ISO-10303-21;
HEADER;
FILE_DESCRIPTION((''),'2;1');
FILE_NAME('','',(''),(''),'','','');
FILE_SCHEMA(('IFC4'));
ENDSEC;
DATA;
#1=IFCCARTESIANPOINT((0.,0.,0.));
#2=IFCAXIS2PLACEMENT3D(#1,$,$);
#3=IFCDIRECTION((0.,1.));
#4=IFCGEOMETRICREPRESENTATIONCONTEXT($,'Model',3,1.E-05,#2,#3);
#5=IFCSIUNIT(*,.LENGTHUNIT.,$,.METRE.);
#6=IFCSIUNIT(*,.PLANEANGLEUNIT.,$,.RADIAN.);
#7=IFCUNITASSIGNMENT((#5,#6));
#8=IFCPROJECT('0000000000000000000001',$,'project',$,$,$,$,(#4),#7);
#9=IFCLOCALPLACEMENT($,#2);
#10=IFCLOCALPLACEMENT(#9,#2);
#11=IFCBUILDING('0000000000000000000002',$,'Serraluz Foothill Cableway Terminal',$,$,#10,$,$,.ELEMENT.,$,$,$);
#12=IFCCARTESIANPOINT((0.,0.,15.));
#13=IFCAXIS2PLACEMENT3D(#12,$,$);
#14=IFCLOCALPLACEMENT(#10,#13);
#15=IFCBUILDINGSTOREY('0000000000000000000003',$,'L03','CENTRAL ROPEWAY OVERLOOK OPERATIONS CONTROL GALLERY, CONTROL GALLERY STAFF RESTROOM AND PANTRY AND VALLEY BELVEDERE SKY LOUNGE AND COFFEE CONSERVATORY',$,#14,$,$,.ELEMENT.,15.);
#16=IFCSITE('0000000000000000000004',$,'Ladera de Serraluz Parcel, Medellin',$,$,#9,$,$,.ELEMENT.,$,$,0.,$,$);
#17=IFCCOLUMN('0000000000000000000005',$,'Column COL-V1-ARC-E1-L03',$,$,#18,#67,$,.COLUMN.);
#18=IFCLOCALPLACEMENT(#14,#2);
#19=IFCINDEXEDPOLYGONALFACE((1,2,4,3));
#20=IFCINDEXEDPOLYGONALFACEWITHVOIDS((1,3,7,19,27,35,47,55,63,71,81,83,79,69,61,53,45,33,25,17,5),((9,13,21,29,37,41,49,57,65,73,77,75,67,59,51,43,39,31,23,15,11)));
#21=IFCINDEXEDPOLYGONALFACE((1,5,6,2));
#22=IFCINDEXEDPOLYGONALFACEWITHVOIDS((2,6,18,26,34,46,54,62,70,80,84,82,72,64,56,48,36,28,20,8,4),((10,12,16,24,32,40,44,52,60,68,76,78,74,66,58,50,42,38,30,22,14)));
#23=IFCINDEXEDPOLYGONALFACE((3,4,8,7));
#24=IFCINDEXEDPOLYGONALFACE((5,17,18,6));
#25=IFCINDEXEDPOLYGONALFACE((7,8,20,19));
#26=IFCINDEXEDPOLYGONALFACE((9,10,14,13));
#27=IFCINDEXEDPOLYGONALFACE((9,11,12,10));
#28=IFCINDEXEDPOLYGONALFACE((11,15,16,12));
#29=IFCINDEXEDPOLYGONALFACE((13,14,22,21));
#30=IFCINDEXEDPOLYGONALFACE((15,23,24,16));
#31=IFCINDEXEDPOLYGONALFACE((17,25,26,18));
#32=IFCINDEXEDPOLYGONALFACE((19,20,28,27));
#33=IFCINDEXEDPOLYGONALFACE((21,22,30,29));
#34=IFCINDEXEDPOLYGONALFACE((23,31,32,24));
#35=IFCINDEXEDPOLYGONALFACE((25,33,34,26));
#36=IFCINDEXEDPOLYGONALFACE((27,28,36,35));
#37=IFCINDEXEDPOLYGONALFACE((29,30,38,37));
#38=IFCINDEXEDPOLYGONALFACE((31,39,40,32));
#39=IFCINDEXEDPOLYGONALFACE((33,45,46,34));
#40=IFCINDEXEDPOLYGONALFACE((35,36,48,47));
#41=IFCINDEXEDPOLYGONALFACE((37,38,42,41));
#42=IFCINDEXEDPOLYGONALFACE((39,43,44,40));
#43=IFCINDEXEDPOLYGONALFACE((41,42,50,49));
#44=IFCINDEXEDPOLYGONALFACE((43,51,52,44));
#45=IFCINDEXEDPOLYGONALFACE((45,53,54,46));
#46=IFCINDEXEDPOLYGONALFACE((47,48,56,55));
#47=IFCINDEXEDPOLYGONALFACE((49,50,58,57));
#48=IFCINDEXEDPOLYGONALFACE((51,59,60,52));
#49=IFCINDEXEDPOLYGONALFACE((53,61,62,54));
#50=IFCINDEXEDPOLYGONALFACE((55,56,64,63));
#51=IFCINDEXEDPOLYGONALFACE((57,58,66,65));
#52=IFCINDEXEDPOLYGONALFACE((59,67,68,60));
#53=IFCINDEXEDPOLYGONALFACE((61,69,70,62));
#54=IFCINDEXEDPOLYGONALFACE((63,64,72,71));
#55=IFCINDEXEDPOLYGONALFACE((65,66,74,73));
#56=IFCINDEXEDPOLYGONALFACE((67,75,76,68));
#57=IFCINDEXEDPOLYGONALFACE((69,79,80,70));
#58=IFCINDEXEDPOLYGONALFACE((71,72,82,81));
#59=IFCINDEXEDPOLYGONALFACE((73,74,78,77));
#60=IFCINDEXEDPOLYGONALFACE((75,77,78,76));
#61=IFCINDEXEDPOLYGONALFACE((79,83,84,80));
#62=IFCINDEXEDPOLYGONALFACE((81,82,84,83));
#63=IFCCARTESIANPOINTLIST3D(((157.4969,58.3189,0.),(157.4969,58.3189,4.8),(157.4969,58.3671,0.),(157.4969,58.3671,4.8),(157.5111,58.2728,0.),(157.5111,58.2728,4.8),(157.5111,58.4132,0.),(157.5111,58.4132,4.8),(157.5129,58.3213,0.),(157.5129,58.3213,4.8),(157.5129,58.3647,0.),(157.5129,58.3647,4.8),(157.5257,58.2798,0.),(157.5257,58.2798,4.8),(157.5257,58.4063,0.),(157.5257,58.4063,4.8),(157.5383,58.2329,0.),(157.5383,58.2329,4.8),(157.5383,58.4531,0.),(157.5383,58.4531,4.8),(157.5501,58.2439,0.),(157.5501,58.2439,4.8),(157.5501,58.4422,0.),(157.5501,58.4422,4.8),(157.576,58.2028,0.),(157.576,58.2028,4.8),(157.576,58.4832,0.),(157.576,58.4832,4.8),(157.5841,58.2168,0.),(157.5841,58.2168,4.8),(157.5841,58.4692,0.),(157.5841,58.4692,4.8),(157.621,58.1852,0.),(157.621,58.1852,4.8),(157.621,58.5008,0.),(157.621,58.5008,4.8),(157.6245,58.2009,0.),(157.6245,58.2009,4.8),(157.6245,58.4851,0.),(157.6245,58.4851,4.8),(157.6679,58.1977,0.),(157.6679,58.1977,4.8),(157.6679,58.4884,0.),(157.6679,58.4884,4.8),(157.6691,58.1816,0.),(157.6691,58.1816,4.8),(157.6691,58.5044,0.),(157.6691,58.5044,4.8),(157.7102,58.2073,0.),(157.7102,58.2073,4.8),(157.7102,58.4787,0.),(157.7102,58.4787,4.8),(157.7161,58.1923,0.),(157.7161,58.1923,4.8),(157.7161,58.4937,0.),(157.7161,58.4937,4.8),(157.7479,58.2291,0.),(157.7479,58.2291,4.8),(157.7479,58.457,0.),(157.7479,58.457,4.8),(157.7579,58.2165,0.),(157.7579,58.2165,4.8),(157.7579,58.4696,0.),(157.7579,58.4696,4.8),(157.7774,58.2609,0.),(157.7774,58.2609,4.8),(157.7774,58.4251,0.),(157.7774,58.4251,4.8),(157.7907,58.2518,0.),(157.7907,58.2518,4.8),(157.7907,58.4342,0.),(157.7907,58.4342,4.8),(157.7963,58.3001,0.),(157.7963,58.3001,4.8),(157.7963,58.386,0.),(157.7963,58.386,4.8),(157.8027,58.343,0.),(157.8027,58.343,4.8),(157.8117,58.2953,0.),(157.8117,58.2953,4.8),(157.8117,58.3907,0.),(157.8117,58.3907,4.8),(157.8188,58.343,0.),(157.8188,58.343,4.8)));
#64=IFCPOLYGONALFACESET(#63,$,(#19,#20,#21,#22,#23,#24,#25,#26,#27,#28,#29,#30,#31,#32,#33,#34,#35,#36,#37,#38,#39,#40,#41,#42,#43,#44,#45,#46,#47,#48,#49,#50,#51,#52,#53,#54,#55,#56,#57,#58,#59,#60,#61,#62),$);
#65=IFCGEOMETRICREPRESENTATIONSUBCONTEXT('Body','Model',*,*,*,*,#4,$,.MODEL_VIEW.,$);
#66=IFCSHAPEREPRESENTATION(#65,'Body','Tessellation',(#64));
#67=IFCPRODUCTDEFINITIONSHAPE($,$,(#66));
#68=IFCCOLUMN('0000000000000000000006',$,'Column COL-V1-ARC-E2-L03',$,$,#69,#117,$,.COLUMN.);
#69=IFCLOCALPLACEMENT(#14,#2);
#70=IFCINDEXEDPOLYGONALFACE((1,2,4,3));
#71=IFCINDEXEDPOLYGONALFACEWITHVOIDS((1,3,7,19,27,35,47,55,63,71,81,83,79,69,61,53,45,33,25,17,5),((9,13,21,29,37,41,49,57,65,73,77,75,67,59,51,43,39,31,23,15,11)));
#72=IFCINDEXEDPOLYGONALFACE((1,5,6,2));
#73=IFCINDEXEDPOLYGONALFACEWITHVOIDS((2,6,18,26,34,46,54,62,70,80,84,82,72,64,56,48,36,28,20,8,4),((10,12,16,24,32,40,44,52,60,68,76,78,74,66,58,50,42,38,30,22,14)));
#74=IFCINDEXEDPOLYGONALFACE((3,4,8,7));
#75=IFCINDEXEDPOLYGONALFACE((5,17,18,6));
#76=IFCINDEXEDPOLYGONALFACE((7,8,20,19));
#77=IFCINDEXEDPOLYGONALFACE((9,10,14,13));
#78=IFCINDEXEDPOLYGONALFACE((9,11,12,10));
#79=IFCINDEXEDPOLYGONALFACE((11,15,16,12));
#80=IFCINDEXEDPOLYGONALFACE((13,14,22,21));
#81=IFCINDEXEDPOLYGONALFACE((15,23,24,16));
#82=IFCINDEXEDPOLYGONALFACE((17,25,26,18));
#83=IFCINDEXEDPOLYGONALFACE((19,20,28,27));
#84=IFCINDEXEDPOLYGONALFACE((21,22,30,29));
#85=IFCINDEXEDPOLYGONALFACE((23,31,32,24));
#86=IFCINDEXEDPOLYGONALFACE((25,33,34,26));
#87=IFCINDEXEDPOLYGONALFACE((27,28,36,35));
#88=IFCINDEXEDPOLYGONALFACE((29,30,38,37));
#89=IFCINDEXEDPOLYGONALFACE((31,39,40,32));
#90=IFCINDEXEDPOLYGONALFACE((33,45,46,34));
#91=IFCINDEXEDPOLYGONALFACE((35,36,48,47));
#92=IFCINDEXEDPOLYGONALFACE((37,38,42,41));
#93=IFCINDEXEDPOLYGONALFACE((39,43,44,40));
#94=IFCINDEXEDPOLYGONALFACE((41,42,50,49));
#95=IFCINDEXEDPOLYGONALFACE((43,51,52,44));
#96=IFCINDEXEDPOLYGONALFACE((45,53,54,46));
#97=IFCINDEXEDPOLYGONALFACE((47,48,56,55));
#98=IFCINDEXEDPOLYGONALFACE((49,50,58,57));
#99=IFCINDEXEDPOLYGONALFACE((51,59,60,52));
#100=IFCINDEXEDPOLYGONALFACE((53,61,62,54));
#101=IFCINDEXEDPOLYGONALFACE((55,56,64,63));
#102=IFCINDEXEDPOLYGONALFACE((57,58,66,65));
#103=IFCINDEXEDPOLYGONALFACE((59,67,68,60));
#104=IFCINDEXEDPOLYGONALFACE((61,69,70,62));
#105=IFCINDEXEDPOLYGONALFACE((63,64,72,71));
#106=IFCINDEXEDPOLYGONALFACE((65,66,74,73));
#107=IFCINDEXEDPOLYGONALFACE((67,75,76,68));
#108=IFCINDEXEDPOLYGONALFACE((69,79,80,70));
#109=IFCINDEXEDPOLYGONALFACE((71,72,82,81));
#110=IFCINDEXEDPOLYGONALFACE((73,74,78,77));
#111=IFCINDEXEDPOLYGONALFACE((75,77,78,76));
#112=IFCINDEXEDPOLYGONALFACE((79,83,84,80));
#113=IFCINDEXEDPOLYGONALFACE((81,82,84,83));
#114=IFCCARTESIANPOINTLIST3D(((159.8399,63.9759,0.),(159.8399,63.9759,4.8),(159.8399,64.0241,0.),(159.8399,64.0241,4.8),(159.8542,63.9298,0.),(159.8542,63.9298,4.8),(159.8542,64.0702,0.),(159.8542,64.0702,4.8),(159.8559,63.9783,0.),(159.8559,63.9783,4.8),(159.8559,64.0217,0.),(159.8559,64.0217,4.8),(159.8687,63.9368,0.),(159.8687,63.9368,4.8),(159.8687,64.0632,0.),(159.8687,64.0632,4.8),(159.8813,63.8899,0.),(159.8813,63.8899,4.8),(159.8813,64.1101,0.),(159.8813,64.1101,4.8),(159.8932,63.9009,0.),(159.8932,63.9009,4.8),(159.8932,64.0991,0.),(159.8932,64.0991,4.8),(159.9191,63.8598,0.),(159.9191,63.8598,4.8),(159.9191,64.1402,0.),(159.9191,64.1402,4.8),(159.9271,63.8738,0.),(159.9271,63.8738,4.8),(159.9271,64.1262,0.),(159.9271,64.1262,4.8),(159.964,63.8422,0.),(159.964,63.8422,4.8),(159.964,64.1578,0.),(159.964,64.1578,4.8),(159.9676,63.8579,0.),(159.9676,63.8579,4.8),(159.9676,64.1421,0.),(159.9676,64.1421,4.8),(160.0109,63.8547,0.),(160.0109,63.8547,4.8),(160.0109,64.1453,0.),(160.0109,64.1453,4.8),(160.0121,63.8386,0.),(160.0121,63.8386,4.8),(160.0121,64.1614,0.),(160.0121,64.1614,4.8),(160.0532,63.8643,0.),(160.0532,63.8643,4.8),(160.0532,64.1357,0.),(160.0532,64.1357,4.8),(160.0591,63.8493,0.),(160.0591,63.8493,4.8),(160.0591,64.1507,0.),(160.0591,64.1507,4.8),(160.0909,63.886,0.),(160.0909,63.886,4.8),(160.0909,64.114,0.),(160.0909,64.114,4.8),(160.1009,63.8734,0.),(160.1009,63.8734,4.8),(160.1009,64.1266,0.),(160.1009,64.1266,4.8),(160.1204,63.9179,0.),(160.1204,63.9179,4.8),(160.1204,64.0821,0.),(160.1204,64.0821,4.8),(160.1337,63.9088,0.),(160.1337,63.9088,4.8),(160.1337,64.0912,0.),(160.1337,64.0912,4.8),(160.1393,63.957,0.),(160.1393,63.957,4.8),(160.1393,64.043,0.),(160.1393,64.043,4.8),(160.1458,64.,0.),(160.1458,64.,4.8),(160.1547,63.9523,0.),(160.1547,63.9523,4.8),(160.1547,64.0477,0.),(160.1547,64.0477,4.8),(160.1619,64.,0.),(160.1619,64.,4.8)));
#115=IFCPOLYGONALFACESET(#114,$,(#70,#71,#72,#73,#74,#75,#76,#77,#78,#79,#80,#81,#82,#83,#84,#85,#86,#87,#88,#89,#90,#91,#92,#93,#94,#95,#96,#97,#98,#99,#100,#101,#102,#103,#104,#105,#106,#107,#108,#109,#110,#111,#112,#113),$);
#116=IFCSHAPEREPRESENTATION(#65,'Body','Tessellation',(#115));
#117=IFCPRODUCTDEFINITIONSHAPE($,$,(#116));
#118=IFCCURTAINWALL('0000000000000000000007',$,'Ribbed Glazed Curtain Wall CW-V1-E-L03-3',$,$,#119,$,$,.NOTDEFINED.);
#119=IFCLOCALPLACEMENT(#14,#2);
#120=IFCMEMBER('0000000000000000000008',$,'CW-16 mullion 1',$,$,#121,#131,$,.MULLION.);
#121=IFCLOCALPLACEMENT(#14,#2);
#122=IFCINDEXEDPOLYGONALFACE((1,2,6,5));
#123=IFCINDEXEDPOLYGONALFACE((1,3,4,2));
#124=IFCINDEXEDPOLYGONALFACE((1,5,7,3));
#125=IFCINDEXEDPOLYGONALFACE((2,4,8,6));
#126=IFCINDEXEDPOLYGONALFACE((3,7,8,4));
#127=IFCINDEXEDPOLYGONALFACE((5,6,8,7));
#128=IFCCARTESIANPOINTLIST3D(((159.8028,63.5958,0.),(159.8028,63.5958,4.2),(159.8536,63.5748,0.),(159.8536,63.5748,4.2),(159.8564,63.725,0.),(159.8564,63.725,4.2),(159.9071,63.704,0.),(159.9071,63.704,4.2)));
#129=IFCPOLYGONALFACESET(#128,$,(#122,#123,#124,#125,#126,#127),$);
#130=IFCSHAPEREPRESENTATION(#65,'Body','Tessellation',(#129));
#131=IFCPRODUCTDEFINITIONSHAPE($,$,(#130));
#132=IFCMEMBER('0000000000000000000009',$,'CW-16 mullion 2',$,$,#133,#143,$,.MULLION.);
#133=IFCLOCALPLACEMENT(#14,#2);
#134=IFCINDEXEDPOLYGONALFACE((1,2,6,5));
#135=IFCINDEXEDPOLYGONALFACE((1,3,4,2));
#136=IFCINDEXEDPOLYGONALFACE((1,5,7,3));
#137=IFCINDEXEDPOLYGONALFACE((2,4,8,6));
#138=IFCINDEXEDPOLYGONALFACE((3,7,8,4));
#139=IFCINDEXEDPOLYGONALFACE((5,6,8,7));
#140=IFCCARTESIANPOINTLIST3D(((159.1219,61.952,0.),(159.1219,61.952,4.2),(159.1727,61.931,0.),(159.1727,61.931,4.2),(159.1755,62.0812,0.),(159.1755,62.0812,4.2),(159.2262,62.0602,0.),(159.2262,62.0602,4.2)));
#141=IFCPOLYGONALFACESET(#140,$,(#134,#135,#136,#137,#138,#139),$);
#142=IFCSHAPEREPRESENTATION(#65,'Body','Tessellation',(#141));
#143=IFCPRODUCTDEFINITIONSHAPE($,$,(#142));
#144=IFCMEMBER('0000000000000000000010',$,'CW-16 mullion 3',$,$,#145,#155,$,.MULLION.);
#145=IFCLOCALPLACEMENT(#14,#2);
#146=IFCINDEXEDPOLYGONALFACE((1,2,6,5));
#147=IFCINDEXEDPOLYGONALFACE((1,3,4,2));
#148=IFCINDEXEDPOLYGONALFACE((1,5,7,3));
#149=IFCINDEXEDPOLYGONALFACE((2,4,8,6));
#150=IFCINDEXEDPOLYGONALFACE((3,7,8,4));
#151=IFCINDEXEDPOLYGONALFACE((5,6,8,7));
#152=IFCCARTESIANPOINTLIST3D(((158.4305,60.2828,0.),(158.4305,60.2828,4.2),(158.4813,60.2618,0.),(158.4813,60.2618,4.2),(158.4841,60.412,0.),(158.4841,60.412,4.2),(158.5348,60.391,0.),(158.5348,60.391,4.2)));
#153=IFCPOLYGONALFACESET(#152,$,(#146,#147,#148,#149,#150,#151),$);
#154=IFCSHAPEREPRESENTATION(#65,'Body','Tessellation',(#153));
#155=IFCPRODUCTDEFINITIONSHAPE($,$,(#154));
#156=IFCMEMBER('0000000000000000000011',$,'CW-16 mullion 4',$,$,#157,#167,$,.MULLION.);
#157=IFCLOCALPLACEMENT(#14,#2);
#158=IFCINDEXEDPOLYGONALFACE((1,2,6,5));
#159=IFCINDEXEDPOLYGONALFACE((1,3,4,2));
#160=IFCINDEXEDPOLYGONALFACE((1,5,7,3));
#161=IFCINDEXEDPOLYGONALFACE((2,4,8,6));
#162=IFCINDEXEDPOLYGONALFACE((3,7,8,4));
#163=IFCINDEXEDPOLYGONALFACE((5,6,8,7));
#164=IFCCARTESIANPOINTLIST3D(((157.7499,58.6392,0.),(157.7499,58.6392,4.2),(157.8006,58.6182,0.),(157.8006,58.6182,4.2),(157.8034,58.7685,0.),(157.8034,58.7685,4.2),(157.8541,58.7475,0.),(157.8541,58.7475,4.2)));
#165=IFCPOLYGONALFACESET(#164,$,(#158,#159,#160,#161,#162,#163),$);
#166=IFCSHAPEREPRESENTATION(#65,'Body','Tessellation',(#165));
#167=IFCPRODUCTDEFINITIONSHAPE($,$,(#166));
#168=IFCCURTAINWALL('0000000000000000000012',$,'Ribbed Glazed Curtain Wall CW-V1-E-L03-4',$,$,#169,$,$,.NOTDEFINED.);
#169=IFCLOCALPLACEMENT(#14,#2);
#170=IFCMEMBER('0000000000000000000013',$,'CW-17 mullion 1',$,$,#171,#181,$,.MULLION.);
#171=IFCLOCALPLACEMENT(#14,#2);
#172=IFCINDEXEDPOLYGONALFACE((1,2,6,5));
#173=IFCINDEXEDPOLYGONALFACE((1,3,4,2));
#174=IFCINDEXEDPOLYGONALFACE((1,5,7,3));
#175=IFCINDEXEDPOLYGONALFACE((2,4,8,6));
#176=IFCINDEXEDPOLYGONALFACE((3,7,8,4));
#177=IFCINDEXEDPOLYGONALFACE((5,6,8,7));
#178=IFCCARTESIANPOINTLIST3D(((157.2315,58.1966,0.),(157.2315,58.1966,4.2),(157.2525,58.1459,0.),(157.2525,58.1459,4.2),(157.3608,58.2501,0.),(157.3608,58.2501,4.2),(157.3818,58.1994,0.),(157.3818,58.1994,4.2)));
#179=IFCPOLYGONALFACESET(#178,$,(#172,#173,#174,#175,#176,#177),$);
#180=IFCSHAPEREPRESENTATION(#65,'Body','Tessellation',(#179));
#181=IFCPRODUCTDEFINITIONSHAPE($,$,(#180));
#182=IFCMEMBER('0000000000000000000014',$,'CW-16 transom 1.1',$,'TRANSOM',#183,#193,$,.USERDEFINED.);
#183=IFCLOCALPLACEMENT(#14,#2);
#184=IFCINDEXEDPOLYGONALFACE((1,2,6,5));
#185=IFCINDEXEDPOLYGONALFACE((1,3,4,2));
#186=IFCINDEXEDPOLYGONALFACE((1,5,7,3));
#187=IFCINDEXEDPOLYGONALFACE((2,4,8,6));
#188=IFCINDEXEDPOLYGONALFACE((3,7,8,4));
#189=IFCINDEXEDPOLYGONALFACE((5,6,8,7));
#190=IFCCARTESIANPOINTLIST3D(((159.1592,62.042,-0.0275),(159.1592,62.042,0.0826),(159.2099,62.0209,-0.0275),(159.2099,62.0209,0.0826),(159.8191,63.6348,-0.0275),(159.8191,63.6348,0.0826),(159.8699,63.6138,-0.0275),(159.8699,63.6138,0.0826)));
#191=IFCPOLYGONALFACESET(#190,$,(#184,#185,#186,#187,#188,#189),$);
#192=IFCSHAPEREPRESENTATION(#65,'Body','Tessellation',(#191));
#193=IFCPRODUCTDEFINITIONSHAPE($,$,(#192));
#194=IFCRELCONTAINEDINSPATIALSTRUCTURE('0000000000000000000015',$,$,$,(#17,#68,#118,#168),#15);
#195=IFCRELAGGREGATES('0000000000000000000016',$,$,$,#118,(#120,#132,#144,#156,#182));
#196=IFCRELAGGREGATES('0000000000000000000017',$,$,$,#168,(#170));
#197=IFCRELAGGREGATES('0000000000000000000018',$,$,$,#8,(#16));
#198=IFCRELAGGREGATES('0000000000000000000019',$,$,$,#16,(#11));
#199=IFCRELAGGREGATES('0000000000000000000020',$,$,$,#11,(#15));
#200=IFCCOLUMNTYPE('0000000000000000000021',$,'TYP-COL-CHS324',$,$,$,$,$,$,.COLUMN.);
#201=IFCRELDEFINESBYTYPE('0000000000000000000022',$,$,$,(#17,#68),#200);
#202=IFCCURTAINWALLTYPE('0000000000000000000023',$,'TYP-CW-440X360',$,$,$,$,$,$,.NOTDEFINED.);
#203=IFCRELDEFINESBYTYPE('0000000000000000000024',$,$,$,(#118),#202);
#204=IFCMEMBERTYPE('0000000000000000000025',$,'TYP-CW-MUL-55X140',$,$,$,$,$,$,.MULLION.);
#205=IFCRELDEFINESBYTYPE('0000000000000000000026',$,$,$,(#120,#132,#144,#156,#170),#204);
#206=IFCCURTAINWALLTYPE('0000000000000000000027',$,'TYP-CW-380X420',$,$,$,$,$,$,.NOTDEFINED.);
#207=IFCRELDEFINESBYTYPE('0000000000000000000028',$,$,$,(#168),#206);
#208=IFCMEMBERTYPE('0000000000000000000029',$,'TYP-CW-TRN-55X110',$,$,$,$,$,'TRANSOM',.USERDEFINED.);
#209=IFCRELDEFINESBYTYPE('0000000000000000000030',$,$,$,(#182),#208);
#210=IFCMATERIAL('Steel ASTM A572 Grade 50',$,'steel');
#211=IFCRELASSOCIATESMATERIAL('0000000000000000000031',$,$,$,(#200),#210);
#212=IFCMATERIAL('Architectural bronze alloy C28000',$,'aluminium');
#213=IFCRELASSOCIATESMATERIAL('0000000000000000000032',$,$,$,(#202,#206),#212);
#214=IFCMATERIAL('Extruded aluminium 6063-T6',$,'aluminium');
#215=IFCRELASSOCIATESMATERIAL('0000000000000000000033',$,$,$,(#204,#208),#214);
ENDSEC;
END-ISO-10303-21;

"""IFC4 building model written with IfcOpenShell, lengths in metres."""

from ifc_helpers import new_model, si_unit, direction, frame, origin, origin_2d, place, context, subcontext, project, spatial, rectangle, hollow_circle, extrude, material, material_profile, profile_set, type_object, element, aggregate, save


model = new_model("IFC4")

# Units and contexts
model_context = context("Model", 3, precision=1e-05, world=origin(), true_north=direction((0.0, 1.0)))
body_context = subcontext(model_context, "Body", "Model", "MODEL_VIEW")
ifc_project = project(units=[si_unit("LENGTHUNIT", "METRE"), si_unit("PLANEANGLEUNIT", "RADIAN")], contexts=[model_context])

# Site, building, storey
site_placement = place(None, origin())
site = spatial("IfcSite", under=ifc_project, at=site_placement, Name="Ladera de Serraluz Parcel, Medellin", CompositionType="ELEMENT", RefElevation=0.0)
building_placement = place(site_placement, origin())
building = spatial("IfcBuilding", under=site, at=building_placement, Name="Serraluz Foothill Cableway Terminal", CompositionType="ELEMENT")
storey_placement = place(building_placement, frame((0.0, 0.0, 15.0)))
storey = spatial("IfcBuildingStorey", under=building, at=storey_placement, Name="L03", Description="CENTRAL ROPEWAY OVERLOOK OPERATIONS CONTROL GALLERY, CONTROL GALLERY STAFF RESTROOM AND PANTRY AND VALLEY BELVEDERE SKY LOUNGE AND COFFEE CONSERVATORY", CompositionType="ELEMENT", Elevation=15.0)

# Columns
ifc_material_1 = material(Name="Steel ASTM A572 Grade 50", Category="steel")
ifc_material_profile_1 = material_profile(ifc_material_1, hollow_circle(Radius=0.1619, WallThickness=0.0161, at=origin_2d()), Name="CHS324X16")
ifc_profile_set_1 = profile_set([ifc_material_profile_1], Name="Steel ASTM A572 Grade 50")
column_type = type_object("IfcColumnType", Name="TYP-COL-CHS324", PredefinedType="COLUMN", material=ifc_profile_set_1)
for number, where, z_axis, x_axis, name in (
    (1, (157.657, 58.343, 0.0), (0.0, 0.0, 1.0), (1.0, 0.0, 0.0), "Column COL-V1-ARC-E1-L03"),
    (2, (160.0, 64.0, 0.0), (0.0, 0.0, 1.0), (1.0, 0.0, 0.0), "Column COL-V1-ARC-E2-L03"),
):
    element("IfcColumn", number, at=place(storey_placement, frame(where, z_axis=z_axis, x_axis=x_axis)), inside=storey, type_object=column_type, Name=name, PredefinedType="COLUMN", context=body_context, shape_type="SweptSolid", body=[
        extrude(hollow_circle(Radius=0.1619, WallThickness=0.0161, at=origin_2d()), origin(), (0.0, 0.0, 1.0), 4.8),
    ])

# Curtain wall, members
ifc_material_2 = material(Name="Architectural bronze alloy C28000", Category="aluminium")
curtain_wall_type_1 = type_object("IfcCurtainWallType", Name="TYP-CW-440X360", PredefinedType="NOTDEFINED", material=ifc_material_2)
curtain_wall_1_placement = place(storey_placement, origin())
curtain_wall_1 = element("IfcCurtainWall", 3, at=curtain_wall_1_placement, inside=storey, type_object=curtain_wall_type_1, Name="Ribbed Glazed Curtain Wall CW-V1-E-L03-3", PredefinedType="NOTDEFINED")
ifc_material_3 = material(Name="Extruded aluminium 6063-T6", Category="aluminium")
ifc_material_profile_2 = material_profile(ifc_material_3, rectangle(XDim=0.0549, YDim=0.1399, at=origin_2d()), Name="ALU MULLION 55x140")
ifc_profile_set_2 = profile_set([ifc_material_profile_2], Name="Extruded aluminium 6063-T6")
member_type_1 = type_object("IfcMemberType", Name="TYP-CW-MUL-55X140", PredefinedType="MULLION", material=ifc_profile_set_2)
member_1_placement = place(storey_placement, frame((159.855, 63.6499, 0.0), z_axis=(0.0, 0.0, 1.0), x_axis=(0.923879, -0.382685, 0.0)))
member_1 = element("IfcMember", 4, at=member_1_placement, type_object=member_type_1, Name="CW-16 mullion 1", PredefinedType="MULLION", context=body_context, shape_type="SweptSolid", body=[
    extrude(rectangle(XDim=0.0549, YDim=0.1399, at=origin_2d()), origin(), (0.0, 0.0, 1.0), 4.2),
])
member_2_placement = place(storey_placement, frame((159.1741, 62.0061, 0.0), z_axis=(0.0, 0.0, 1.0), x_axis=(0.923879, -0.382685, 0.0)))
member_2 = element("IfcMember", 5, at=member_2_placement, type_object=member_type_1, Name="CW-16 mullion 2", PredefinedType="MULLION", context=body_context, shape_type="SweptSolid", body=[
    extrude(rectangle(XDim=0.0549, YDim=0.1399, at=origin_2d()), origin(), (0.0, 0.0, 1.0), 4.2),
])
member_3_placement = place(storey_placement, frame((158.4827, 60.3369, 0.0), z_axis=(0.0, 0.0, 1.0), x_axis=(0.923879, -0.382685, 0.0)))
member_3 = element("IfcMember", 6, at=member_3_placement, type_object=member_type_1, Name="CW-16 mullion 3", PredefinedType="MULLION", context=body_context, shape_type="SweptSolid", body=[
    extrude(rectangle(XDim=0.0549, YDim=0.1399, at=origin_2d()), origin(), (0.0, 0.0, 1.0), 4.2),
])
member_4_placement = place(storey_placement, frame((157.802, 58.6934, 0.0), z_axis=(0.0, 0.0, 1.0), x_axis=(0.923879, -0.382685, 0.0)))
member_4 = element("IfcMember", 7, at=member_4_placement, type_object=member_type_1, Name="CW-16 mullion 4", PredefinedType="MULLION", context=body_context, shape_type="SweptSolid", body=[
    extrude(rectangle(XDim=0.0549, YDim=0.1399, at=origin_2d()), origin(), (0.0, 0.0, 1.0), 4.2),
])

# Curtain wall, member
curtain_wall_type_2 = type_object("IfcCurtainWallType", Name="TYP-CW-380X420", PredefinedType="NOTDEFINED", material=ifc_material_2)
curtain_wall_2_placement = place(storey_placement, origin())
curtain_wall_2 = element("IfcCurtainWall", 8, at=curtain_wall_2_placement, inside=storey, type_object=curtain_wall_type_2, Name="Ribbed Glazed Curtain Wall CW-V1-E-L03-4", PredefinedType="NOTDEFINED")
member_5_placement = place(storey_placement, frame((157.3066, 58.198, 0.0), z_axis=(0.0, 0.0, 1.0), x_axis=(0.382682, -0.92388, 0.0)))
member_5 = element("IfcMember", 9, at=member_5_placement, type_object=member_type_1, Name="CW-17 mullion 1", PredefinedType="MULLION", context=body_context, shape_type="SweptSolid", body=[
    extrude(rectangle(XDim=0.0549, YDim=0.1399, at=origin_2d()), origin(), (0.0, 0.0, 1.0), 4.2),
])

# Member
ifc_material_profile_3 = material_profile(ifc_material_3, rectangle(XDim=0.0549, YDim=0.1101, at=origin_2d()), Name="ALU TRANSOM 55x110")
ifc_profile_set_3 = profile_set([ifc_material_profile_3], Name="Extruded aluminium 6063-T6")
member_type_2 = type_object("IfcMemberType", Name="TYP-CW-TRN-55X110", ElementType="TRANSOM", PredefinedType="USERDEFINED", material=ifc_profile_set_3)
member_6_placement = place(storey_placement, frame((159.8445, 63.6243, 0.0276), z_axis=(-0.382765, -0.923846, 0.0), x_axis=(0.923846, -0.382765, 0.0)))
member_6 = element("IfcMember", 10, at=member_6_placement, type_object=member_type_2, Name="CW-16 transom 1.1", ObjectType="TRANSOM", PredefinedType="USERDEFINED", context=body_context, shape_type="SweptSolid", body=[
    extrude(rectangle(XDim=0.0549, YDim=0.1101, at=origin_2d()), origin(), (0.0, 0.0, 1.0), 1.7241),
])

aggregate(curtain_wall_1, [member_1, member_2, member_3, member_4, member_6])
aggregate(curtain_wall_2, [member_5])

save(model, "model.ifc")
